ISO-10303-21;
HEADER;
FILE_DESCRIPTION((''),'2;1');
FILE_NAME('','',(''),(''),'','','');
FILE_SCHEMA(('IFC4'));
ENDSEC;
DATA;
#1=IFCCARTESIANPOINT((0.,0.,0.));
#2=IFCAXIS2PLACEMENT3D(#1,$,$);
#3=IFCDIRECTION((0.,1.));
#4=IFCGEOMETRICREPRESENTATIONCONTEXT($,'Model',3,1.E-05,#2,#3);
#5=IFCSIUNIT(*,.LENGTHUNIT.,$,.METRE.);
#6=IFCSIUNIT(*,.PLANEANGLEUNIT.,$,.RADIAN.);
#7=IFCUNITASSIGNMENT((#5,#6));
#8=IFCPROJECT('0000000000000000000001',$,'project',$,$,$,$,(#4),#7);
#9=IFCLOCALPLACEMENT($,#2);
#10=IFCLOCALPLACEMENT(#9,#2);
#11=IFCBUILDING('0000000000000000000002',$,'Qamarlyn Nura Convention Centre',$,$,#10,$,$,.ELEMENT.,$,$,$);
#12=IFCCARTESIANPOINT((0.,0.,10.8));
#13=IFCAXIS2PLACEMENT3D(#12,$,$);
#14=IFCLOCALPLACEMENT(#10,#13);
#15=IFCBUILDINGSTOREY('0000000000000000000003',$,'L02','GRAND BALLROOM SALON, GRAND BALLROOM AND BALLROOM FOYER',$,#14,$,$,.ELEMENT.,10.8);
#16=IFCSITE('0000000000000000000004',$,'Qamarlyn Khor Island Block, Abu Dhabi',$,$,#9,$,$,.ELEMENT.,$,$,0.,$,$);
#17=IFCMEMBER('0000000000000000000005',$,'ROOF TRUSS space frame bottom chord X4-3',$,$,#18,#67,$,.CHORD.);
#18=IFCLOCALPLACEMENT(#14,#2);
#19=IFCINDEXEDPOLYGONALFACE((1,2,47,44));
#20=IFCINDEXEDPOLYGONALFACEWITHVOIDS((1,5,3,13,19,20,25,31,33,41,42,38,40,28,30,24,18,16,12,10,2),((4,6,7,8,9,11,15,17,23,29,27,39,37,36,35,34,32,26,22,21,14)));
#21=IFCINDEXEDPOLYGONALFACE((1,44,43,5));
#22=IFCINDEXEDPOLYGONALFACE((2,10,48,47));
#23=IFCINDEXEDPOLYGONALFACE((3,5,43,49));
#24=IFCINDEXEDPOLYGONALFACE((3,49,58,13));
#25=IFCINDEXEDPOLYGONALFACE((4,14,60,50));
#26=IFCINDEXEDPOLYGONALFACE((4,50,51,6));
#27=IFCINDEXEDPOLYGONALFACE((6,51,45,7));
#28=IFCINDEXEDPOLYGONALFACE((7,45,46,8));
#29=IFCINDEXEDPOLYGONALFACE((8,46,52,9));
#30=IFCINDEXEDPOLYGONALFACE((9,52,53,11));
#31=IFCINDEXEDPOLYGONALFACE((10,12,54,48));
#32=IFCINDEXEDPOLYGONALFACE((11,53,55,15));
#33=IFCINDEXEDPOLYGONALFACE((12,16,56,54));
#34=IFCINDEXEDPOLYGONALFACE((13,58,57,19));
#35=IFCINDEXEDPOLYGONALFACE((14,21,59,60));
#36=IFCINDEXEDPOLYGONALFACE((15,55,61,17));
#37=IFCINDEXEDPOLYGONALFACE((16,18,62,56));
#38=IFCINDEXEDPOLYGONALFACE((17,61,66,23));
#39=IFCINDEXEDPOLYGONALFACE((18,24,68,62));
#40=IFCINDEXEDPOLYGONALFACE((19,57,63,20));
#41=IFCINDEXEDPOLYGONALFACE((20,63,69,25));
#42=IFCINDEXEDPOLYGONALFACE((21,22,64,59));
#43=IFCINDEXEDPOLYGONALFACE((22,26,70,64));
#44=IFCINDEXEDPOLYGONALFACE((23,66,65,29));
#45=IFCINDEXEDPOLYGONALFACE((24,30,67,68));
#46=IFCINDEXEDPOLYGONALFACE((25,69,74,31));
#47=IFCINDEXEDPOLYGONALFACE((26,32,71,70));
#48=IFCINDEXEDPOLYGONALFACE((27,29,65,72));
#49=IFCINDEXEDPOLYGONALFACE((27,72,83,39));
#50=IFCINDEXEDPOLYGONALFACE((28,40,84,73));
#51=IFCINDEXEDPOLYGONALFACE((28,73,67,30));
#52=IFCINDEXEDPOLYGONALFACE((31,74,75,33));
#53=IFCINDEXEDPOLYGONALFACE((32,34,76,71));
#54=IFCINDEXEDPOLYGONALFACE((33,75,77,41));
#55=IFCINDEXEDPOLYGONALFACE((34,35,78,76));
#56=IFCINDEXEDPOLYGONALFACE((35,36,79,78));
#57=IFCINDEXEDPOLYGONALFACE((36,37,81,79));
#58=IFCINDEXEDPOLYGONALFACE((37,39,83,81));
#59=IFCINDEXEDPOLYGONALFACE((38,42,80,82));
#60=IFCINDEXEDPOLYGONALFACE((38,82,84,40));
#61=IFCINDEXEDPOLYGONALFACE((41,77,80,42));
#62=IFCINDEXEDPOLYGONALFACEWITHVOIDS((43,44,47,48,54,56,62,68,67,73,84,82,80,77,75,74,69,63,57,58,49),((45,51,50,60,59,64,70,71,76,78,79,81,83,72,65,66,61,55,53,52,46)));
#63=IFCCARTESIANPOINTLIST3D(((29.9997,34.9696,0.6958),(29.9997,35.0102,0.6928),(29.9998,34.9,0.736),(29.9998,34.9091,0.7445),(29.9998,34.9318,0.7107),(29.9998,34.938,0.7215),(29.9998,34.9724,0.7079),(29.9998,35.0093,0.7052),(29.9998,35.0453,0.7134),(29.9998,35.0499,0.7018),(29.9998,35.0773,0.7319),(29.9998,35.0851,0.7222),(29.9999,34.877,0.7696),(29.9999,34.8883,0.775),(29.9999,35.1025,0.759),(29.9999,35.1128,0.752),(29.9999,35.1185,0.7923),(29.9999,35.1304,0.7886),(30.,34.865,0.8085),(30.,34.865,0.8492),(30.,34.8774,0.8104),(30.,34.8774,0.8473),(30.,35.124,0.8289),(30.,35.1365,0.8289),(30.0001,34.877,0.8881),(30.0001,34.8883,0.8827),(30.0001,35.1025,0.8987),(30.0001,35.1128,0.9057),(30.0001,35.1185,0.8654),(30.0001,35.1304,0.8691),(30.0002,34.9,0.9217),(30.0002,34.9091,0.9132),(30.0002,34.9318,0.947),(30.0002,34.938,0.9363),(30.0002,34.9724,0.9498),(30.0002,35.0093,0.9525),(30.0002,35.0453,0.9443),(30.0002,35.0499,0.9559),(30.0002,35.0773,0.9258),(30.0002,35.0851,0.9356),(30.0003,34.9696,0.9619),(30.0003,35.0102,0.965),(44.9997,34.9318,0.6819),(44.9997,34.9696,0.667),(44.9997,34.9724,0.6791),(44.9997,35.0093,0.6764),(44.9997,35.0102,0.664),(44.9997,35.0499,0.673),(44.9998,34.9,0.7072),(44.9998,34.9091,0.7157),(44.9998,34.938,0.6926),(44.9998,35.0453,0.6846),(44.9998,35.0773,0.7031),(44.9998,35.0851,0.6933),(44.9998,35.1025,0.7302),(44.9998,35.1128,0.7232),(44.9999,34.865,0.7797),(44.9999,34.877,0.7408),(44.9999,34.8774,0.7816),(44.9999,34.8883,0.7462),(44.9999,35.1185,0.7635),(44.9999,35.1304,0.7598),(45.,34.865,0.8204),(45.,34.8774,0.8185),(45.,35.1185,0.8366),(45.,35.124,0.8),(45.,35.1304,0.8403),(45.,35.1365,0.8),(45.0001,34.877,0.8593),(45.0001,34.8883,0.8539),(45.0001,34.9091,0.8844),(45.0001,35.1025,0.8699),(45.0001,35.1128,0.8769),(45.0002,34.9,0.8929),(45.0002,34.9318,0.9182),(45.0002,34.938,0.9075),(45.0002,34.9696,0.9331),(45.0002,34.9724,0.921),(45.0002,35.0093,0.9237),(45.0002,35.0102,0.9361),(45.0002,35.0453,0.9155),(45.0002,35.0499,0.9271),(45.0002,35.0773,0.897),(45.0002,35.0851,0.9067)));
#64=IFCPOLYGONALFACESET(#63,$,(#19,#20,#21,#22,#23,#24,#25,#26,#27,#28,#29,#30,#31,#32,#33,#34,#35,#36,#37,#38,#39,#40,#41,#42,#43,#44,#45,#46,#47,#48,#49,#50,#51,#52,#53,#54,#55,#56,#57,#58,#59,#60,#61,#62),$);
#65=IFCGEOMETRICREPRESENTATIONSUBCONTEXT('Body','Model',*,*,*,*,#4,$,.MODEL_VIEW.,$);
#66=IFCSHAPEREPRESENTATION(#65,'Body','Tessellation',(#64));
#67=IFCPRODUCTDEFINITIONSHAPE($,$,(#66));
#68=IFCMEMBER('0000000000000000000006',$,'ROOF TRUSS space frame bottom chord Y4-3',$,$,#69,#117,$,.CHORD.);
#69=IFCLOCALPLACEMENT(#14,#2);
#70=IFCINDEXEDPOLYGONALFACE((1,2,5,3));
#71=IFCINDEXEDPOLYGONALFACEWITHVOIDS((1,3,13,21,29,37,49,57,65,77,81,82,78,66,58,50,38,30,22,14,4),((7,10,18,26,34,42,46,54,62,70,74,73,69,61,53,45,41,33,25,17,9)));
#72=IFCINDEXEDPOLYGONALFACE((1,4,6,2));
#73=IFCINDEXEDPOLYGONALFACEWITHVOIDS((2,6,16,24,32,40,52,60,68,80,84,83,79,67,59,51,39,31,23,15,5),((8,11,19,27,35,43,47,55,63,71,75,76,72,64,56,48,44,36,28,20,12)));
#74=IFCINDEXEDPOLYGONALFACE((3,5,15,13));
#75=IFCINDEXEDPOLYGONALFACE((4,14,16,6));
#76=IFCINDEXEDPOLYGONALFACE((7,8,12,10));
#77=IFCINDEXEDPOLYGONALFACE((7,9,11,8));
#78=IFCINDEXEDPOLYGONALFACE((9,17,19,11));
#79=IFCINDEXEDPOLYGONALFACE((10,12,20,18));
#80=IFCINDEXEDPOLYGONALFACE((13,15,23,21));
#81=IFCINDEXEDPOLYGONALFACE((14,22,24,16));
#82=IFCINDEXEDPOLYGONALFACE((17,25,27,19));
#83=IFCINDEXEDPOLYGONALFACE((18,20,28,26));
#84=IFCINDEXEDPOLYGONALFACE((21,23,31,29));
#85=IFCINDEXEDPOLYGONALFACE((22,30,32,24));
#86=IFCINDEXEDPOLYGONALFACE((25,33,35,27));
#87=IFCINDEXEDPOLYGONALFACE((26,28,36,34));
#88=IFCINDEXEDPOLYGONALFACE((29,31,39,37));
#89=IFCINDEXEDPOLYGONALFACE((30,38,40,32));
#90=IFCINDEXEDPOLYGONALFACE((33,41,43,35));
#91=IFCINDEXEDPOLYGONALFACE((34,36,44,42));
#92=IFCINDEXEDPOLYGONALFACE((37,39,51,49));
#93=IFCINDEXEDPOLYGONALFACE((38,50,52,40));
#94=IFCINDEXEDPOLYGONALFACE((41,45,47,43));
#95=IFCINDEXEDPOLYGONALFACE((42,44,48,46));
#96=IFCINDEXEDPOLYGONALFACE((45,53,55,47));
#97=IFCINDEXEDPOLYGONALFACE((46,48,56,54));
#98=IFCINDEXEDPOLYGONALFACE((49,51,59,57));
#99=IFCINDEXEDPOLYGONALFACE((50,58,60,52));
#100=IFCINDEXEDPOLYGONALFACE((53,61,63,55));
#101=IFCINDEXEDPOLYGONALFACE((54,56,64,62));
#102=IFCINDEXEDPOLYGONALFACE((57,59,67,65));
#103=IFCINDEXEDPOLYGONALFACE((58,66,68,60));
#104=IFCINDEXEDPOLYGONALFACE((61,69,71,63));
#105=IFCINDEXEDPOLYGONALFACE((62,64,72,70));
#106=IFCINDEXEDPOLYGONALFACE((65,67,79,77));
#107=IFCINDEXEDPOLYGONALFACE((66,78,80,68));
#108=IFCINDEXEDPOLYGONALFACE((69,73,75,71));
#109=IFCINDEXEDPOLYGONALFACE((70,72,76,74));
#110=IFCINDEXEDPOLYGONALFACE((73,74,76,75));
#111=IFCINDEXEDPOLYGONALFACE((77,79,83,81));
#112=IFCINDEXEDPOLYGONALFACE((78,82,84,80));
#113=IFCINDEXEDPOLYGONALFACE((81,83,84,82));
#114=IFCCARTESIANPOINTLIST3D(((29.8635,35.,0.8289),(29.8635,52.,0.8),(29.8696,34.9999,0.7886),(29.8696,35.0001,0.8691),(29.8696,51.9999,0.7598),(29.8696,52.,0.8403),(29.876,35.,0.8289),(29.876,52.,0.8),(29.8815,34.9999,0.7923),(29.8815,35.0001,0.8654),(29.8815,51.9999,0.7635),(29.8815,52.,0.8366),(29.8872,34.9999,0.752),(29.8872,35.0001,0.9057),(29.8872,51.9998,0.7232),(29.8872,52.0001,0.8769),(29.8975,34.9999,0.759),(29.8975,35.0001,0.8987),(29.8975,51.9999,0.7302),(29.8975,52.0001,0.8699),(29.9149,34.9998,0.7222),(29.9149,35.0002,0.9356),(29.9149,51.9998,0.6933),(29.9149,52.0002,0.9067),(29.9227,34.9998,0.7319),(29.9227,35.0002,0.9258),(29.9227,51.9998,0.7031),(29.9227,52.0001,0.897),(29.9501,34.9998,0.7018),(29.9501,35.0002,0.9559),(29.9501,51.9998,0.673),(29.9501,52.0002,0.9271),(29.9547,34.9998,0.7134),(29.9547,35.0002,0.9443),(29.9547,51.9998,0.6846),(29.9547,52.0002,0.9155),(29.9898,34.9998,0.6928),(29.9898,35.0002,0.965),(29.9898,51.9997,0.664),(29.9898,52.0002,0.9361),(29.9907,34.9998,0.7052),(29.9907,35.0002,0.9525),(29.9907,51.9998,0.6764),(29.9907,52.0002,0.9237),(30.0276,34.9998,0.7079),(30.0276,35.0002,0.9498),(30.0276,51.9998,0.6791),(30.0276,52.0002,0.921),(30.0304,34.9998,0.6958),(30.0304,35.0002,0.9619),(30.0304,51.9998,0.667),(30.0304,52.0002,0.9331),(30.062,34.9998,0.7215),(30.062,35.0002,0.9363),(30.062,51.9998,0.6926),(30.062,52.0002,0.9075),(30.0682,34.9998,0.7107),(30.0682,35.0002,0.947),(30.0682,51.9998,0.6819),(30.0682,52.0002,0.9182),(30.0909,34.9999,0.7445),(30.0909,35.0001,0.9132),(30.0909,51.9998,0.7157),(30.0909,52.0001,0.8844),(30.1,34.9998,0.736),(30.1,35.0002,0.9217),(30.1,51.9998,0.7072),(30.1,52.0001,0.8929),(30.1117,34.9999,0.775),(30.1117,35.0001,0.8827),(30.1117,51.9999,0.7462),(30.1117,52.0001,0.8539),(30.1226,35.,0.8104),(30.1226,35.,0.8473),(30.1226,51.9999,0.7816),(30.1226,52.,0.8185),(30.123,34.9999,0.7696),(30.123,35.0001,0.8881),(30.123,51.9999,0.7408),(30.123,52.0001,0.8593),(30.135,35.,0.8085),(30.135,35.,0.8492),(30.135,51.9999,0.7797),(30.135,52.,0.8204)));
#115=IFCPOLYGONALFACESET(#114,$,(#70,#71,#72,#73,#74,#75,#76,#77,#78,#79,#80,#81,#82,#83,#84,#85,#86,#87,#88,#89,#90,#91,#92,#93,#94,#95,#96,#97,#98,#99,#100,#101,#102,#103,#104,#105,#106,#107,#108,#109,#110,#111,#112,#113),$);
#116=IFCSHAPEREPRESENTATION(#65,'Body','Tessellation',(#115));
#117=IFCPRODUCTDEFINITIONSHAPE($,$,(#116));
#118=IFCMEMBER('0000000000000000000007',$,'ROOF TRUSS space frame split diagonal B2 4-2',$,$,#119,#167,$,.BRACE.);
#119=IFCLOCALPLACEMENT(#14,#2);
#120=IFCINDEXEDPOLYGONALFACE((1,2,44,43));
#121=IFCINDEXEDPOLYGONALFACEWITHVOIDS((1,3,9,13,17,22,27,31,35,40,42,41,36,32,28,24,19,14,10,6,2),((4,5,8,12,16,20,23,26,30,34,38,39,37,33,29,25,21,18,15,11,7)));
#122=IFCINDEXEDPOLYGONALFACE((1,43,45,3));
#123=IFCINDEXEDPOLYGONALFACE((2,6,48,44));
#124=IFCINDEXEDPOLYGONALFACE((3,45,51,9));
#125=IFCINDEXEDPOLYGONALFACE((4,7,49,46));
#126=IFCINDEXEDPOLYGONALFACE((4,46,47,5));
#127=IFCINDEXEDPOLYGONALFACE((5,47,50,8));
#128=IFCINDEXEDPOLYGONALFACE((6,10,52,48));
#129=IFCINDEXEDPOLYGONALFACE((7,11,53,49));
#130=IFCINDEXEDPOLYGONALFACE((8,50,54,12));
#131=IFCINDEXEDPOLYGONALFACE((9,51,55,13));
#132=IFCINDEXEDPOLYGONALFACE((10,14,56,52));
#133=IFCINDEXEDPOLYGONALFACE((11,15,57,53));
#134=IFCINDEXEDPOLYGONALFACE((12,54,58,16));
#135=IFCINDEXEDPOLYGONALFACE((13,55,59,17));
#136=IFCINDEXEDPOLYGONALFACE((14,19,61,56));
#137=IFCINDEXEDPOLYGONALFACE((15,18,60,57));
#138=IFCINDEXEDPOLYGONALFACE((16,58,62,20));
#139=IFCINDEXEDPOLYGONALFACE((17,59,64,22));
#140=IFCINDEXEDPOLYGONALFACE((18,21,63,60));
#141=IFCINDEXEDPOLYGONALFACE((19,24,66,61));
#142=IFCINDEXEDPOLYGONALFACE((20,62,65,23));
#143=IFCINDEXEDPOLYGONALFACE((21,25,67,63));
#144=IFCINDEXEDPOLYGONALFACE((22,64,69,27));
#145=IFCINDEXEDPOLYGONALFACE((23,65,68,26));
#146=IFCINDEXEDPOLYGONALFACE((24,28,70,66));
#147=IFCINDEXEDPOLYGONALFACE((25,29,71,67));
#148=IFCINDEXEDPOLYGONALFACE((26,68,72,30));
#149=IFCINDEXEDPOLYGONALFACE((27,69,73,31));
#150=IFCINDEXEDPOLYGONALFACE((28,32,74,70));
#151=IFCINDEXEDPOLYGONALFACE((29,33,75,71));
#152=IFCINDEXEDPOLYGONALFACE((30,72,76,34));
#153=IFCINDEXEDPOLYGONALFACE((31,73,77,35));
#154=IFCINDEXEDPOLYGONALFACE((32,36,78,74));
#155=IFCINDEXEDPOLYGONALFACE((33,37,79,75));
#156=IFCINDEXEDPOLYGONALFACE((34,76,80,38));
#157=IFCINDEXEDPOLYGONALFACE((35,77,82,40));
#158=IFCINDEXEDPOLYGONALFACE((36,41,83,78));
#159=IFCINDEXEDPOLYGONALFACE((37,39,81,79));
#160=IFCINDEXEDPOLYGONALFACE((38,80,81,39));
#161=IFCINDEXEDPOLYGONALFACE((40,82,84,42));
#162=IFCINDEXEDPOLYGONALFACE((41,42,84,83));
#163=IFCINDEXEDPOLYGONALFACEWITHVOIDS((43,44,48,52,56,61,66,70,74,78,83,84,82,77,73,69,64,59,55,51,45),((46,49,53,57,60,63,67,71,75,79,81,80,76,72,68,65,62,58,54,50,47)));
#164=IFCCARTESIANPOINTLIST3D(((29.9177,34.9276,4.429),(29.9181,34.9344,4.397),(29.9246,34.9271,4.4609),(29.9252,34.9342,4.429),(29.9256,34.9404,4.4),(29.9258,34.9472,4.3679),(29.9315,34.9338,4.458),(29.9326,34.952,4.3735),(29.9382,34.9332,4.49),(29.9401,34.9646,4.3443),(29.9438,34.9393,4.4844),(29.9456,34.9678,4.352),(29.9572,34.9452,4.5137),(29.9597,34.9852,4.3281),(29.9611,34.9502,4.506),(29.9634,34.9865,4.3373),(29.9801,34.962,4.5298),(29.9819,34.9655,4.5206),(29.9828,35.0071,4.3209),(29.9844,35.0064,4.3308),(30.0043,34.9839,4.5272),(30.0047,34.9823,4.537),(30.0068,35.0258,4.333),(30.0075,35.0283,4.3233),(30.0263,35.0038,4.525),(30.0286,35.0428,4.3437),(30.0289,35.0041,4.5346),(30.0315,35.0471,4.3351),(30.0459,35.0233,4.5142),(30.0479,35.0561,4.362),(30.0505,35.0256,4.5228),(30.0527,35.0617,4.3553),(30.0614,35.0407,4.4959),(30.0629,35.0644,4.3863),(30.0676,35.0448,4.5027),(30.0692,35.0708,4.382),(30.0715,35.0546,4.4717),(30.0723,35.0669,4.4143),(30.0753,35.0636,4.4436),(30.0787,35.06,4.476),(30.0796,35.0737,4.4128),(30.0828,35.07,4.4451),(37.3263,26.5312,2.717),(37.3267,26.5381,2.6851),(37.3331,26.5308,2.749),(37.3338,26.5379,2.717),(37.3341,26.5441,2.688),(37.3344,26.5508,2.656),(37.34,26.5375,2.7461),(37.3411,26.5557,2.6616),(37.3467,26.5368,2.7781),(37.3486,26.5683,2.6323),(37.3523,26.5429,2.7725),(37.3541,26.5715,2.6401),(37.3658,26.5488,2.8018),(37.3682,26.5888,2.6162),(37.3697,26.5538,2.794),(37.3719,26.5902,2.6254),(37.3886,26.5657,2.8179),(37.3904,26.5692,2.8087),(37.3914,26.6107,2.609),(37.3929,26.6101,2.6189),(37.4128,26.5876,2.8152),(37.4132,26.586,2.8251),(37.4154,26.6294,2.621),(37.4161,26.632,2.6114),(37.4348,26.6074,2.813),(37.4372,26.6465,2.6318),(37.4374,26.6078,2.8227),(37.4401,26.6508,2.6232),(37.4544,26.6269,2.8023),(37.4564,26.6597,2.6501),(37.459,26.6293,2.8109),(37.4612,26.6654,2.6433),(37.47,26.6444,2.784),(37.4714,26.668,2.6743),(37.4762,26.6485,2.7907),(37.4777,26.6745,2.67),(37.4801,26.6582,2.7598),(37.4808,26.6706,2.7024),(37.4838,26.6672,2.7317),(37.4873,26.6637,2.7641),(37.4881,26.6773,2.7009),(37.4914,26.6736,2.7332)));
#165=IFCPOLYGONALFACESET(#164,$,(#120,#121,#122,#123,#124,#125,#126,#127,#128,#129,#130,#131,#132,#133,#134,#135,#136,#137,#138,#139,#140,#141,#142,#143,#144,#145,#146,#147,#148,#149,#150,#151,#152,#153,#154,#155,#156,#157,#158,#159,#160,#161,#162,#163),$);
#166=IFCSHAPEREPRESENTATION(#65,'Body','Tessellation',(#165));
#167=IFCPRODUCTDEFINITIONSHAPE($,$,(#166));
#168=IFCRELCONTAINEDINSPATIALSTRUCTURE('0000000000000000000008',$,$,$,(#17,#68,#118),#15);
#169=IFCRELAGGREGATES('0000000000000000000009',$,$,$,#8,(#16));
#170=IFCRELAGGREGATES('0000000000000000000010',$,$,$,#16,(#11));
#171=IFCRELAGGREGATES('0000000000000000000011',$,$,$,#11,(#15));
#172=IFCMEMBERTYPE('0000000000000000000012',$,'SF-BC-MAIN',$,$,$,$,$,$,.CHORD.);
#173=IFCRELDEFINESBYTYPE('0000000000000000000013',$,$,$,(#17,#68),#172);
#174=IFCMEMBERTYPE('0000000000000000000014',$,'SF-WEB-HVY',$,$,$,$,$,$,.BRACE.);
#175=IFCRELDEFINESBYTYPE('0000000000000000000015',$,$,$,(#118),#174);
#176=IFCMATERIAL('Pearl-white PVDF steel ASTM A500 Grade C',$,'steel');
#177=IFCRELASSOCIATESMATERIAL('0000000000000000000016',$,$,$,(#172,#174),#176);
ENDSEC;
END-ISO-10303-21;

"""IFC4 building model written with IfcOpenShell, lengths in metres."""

from ifc_helpers import new_model, si_unit, direction, frame, origin, origin_2d, place, context, subcontext, project, spatial, hollow_circle, extrude, material, material_profile, profile_set, type_object, element, save


model = new_model("IFC4")

# Units and contexts
model_context = context("Model", 3, precision=1e-05, world=origin(), true_north=direction((0.0, 1.0)))
body_context = subcontext(model_context, "Body", "Model", "MODEL_VIEW")
ifc_project = project(units=[si_unit("LENGTHUNIT", "METRE"), si_unit("PLANEANGLEUNIT", "RADIAN")], contexts=[model_context])

# Site, building, storey
site_placement = place(None, origin())
site = spatial("IfcSite", under=ifc_project, at=site_placement, Name="Qamarlyn Khor Island Block, Abu Dhabi", CompositionType="ELEMENT", RefElevation=0.0)
building_placement = place(site_placement, origin())
building = spatial("IfcBuilding", under=site, at=building_placement, Name="Qamarlyn Nura Convention Centre", CompositionType="ELEMENT")
storey_placement = place(building_placement, frame((0.0, 0.0, 10.8)))
storey = spatial("IfcBuildingStorey", under=building, at=storey_placement, Name="L02", Description="GRAND BALLROOM SALON, GRAND BALLROOM AND BALLROOM FOYER", CompositionType="ELEMENT", Elevation=10.8)

# Members
ifc_material_1 = material(Name="Pearl-white PVDF steel ASTM A500 Grade C", Category="steel")
ifc_material_profile_1 = material_profile(ifc_material_1, hollow_circle(Radius=0.1365, WallThickness=0.0125, at=origin_2d()), Name="CHS273X12.5")
ifc_profile_set_1 = profile_set([ifc_material_profile_1], Name="Pearl-white PVDF steel ASTM A500 Grade C")
member_type_1 = type_object("IfcMemberType", Name="SF-BC-MAIN", PredefinedType="CHORD", material=ifc_profile_set_1)
member_1_placement = place(storey_placement, frame((30.0, 35.0, 0.8289), z_axis=(0.999998, 0.0, -0.001921), x_axis=(0.0, 1.0, 0.0)))
element("IfcMember", 1, at=member_1_placement, inside=storey, type_object=member_type_1, Name="ROOF TRUSS space frame bottom chord X4-3", PredefinedType="CHORD", context=body_context, shape_type="SweptSolid", body=[
    extrude(hollow_circle(Radius=0.1365, WallThickness=0.0125, at=origin_2d()), origin(), (0.0, 0.0, 1.0), 15.0),
])
member_2_placement = place(storey_placement, frame((30.0, 35.0, 0.8289), z_axis=(0.0, 0.999999, -0.001695), x_axis=(-1.0, 0.0, 0.0)))
element("IfcMember", 2, at=member_2_placement, inside=storey, type_object=member_type_1, Name="ROOF TRUSS space frame bottom chord Y4-3", PredefinedType="CHORD", context=body_context, shape_type="SweptSolid", body=[
    extrude(hollow_circle(Radius=0.1365, WallThickness=0.0125, at=origin_2d()), origin(), (0.0, 0.0, 1.0), 17.0),
])
ifc_material_profile_2 = material_profile(ifc_material_1, hollow_circle(Radius=0.1096, WallThickness=0.01, at=origin_2d()), Name="CHS219.1X10")
ifc_profile_set_2 = profile_set([ifc_material_profile_2], Name="Pearl-white PVDF steel ASTM A500 Grade C")
member_type_2 = type_object("IfcMemberType", Name="SF-WEB-HVY", PredefinedType="BRACE", material=ifc_profile_set_2)
member_3_placement = place(storey_placement, frame((37.4084, 26.6038, 2.717), z_axis=(-0.654022, 0.741225, 0.151129), x_axis=(-0.749838, -0.661622, 0.0)))
element("IfcMember", 3, at=member_3_placement, inside=storey, type_object=member_type_2, Name="ROOF TRUSS space frame split diagonal B2 4-2", PredefinedType="BRACE", context=body_context, shape_type="SweptSolid", body=[
    extrude(hollow_circle(Radius=0.1096, WallThickness=0.01, at=origin_2d()), origin(), (0.0, 0.0, 1.0), 11.3276),
])

save(model, "model.ifc")
